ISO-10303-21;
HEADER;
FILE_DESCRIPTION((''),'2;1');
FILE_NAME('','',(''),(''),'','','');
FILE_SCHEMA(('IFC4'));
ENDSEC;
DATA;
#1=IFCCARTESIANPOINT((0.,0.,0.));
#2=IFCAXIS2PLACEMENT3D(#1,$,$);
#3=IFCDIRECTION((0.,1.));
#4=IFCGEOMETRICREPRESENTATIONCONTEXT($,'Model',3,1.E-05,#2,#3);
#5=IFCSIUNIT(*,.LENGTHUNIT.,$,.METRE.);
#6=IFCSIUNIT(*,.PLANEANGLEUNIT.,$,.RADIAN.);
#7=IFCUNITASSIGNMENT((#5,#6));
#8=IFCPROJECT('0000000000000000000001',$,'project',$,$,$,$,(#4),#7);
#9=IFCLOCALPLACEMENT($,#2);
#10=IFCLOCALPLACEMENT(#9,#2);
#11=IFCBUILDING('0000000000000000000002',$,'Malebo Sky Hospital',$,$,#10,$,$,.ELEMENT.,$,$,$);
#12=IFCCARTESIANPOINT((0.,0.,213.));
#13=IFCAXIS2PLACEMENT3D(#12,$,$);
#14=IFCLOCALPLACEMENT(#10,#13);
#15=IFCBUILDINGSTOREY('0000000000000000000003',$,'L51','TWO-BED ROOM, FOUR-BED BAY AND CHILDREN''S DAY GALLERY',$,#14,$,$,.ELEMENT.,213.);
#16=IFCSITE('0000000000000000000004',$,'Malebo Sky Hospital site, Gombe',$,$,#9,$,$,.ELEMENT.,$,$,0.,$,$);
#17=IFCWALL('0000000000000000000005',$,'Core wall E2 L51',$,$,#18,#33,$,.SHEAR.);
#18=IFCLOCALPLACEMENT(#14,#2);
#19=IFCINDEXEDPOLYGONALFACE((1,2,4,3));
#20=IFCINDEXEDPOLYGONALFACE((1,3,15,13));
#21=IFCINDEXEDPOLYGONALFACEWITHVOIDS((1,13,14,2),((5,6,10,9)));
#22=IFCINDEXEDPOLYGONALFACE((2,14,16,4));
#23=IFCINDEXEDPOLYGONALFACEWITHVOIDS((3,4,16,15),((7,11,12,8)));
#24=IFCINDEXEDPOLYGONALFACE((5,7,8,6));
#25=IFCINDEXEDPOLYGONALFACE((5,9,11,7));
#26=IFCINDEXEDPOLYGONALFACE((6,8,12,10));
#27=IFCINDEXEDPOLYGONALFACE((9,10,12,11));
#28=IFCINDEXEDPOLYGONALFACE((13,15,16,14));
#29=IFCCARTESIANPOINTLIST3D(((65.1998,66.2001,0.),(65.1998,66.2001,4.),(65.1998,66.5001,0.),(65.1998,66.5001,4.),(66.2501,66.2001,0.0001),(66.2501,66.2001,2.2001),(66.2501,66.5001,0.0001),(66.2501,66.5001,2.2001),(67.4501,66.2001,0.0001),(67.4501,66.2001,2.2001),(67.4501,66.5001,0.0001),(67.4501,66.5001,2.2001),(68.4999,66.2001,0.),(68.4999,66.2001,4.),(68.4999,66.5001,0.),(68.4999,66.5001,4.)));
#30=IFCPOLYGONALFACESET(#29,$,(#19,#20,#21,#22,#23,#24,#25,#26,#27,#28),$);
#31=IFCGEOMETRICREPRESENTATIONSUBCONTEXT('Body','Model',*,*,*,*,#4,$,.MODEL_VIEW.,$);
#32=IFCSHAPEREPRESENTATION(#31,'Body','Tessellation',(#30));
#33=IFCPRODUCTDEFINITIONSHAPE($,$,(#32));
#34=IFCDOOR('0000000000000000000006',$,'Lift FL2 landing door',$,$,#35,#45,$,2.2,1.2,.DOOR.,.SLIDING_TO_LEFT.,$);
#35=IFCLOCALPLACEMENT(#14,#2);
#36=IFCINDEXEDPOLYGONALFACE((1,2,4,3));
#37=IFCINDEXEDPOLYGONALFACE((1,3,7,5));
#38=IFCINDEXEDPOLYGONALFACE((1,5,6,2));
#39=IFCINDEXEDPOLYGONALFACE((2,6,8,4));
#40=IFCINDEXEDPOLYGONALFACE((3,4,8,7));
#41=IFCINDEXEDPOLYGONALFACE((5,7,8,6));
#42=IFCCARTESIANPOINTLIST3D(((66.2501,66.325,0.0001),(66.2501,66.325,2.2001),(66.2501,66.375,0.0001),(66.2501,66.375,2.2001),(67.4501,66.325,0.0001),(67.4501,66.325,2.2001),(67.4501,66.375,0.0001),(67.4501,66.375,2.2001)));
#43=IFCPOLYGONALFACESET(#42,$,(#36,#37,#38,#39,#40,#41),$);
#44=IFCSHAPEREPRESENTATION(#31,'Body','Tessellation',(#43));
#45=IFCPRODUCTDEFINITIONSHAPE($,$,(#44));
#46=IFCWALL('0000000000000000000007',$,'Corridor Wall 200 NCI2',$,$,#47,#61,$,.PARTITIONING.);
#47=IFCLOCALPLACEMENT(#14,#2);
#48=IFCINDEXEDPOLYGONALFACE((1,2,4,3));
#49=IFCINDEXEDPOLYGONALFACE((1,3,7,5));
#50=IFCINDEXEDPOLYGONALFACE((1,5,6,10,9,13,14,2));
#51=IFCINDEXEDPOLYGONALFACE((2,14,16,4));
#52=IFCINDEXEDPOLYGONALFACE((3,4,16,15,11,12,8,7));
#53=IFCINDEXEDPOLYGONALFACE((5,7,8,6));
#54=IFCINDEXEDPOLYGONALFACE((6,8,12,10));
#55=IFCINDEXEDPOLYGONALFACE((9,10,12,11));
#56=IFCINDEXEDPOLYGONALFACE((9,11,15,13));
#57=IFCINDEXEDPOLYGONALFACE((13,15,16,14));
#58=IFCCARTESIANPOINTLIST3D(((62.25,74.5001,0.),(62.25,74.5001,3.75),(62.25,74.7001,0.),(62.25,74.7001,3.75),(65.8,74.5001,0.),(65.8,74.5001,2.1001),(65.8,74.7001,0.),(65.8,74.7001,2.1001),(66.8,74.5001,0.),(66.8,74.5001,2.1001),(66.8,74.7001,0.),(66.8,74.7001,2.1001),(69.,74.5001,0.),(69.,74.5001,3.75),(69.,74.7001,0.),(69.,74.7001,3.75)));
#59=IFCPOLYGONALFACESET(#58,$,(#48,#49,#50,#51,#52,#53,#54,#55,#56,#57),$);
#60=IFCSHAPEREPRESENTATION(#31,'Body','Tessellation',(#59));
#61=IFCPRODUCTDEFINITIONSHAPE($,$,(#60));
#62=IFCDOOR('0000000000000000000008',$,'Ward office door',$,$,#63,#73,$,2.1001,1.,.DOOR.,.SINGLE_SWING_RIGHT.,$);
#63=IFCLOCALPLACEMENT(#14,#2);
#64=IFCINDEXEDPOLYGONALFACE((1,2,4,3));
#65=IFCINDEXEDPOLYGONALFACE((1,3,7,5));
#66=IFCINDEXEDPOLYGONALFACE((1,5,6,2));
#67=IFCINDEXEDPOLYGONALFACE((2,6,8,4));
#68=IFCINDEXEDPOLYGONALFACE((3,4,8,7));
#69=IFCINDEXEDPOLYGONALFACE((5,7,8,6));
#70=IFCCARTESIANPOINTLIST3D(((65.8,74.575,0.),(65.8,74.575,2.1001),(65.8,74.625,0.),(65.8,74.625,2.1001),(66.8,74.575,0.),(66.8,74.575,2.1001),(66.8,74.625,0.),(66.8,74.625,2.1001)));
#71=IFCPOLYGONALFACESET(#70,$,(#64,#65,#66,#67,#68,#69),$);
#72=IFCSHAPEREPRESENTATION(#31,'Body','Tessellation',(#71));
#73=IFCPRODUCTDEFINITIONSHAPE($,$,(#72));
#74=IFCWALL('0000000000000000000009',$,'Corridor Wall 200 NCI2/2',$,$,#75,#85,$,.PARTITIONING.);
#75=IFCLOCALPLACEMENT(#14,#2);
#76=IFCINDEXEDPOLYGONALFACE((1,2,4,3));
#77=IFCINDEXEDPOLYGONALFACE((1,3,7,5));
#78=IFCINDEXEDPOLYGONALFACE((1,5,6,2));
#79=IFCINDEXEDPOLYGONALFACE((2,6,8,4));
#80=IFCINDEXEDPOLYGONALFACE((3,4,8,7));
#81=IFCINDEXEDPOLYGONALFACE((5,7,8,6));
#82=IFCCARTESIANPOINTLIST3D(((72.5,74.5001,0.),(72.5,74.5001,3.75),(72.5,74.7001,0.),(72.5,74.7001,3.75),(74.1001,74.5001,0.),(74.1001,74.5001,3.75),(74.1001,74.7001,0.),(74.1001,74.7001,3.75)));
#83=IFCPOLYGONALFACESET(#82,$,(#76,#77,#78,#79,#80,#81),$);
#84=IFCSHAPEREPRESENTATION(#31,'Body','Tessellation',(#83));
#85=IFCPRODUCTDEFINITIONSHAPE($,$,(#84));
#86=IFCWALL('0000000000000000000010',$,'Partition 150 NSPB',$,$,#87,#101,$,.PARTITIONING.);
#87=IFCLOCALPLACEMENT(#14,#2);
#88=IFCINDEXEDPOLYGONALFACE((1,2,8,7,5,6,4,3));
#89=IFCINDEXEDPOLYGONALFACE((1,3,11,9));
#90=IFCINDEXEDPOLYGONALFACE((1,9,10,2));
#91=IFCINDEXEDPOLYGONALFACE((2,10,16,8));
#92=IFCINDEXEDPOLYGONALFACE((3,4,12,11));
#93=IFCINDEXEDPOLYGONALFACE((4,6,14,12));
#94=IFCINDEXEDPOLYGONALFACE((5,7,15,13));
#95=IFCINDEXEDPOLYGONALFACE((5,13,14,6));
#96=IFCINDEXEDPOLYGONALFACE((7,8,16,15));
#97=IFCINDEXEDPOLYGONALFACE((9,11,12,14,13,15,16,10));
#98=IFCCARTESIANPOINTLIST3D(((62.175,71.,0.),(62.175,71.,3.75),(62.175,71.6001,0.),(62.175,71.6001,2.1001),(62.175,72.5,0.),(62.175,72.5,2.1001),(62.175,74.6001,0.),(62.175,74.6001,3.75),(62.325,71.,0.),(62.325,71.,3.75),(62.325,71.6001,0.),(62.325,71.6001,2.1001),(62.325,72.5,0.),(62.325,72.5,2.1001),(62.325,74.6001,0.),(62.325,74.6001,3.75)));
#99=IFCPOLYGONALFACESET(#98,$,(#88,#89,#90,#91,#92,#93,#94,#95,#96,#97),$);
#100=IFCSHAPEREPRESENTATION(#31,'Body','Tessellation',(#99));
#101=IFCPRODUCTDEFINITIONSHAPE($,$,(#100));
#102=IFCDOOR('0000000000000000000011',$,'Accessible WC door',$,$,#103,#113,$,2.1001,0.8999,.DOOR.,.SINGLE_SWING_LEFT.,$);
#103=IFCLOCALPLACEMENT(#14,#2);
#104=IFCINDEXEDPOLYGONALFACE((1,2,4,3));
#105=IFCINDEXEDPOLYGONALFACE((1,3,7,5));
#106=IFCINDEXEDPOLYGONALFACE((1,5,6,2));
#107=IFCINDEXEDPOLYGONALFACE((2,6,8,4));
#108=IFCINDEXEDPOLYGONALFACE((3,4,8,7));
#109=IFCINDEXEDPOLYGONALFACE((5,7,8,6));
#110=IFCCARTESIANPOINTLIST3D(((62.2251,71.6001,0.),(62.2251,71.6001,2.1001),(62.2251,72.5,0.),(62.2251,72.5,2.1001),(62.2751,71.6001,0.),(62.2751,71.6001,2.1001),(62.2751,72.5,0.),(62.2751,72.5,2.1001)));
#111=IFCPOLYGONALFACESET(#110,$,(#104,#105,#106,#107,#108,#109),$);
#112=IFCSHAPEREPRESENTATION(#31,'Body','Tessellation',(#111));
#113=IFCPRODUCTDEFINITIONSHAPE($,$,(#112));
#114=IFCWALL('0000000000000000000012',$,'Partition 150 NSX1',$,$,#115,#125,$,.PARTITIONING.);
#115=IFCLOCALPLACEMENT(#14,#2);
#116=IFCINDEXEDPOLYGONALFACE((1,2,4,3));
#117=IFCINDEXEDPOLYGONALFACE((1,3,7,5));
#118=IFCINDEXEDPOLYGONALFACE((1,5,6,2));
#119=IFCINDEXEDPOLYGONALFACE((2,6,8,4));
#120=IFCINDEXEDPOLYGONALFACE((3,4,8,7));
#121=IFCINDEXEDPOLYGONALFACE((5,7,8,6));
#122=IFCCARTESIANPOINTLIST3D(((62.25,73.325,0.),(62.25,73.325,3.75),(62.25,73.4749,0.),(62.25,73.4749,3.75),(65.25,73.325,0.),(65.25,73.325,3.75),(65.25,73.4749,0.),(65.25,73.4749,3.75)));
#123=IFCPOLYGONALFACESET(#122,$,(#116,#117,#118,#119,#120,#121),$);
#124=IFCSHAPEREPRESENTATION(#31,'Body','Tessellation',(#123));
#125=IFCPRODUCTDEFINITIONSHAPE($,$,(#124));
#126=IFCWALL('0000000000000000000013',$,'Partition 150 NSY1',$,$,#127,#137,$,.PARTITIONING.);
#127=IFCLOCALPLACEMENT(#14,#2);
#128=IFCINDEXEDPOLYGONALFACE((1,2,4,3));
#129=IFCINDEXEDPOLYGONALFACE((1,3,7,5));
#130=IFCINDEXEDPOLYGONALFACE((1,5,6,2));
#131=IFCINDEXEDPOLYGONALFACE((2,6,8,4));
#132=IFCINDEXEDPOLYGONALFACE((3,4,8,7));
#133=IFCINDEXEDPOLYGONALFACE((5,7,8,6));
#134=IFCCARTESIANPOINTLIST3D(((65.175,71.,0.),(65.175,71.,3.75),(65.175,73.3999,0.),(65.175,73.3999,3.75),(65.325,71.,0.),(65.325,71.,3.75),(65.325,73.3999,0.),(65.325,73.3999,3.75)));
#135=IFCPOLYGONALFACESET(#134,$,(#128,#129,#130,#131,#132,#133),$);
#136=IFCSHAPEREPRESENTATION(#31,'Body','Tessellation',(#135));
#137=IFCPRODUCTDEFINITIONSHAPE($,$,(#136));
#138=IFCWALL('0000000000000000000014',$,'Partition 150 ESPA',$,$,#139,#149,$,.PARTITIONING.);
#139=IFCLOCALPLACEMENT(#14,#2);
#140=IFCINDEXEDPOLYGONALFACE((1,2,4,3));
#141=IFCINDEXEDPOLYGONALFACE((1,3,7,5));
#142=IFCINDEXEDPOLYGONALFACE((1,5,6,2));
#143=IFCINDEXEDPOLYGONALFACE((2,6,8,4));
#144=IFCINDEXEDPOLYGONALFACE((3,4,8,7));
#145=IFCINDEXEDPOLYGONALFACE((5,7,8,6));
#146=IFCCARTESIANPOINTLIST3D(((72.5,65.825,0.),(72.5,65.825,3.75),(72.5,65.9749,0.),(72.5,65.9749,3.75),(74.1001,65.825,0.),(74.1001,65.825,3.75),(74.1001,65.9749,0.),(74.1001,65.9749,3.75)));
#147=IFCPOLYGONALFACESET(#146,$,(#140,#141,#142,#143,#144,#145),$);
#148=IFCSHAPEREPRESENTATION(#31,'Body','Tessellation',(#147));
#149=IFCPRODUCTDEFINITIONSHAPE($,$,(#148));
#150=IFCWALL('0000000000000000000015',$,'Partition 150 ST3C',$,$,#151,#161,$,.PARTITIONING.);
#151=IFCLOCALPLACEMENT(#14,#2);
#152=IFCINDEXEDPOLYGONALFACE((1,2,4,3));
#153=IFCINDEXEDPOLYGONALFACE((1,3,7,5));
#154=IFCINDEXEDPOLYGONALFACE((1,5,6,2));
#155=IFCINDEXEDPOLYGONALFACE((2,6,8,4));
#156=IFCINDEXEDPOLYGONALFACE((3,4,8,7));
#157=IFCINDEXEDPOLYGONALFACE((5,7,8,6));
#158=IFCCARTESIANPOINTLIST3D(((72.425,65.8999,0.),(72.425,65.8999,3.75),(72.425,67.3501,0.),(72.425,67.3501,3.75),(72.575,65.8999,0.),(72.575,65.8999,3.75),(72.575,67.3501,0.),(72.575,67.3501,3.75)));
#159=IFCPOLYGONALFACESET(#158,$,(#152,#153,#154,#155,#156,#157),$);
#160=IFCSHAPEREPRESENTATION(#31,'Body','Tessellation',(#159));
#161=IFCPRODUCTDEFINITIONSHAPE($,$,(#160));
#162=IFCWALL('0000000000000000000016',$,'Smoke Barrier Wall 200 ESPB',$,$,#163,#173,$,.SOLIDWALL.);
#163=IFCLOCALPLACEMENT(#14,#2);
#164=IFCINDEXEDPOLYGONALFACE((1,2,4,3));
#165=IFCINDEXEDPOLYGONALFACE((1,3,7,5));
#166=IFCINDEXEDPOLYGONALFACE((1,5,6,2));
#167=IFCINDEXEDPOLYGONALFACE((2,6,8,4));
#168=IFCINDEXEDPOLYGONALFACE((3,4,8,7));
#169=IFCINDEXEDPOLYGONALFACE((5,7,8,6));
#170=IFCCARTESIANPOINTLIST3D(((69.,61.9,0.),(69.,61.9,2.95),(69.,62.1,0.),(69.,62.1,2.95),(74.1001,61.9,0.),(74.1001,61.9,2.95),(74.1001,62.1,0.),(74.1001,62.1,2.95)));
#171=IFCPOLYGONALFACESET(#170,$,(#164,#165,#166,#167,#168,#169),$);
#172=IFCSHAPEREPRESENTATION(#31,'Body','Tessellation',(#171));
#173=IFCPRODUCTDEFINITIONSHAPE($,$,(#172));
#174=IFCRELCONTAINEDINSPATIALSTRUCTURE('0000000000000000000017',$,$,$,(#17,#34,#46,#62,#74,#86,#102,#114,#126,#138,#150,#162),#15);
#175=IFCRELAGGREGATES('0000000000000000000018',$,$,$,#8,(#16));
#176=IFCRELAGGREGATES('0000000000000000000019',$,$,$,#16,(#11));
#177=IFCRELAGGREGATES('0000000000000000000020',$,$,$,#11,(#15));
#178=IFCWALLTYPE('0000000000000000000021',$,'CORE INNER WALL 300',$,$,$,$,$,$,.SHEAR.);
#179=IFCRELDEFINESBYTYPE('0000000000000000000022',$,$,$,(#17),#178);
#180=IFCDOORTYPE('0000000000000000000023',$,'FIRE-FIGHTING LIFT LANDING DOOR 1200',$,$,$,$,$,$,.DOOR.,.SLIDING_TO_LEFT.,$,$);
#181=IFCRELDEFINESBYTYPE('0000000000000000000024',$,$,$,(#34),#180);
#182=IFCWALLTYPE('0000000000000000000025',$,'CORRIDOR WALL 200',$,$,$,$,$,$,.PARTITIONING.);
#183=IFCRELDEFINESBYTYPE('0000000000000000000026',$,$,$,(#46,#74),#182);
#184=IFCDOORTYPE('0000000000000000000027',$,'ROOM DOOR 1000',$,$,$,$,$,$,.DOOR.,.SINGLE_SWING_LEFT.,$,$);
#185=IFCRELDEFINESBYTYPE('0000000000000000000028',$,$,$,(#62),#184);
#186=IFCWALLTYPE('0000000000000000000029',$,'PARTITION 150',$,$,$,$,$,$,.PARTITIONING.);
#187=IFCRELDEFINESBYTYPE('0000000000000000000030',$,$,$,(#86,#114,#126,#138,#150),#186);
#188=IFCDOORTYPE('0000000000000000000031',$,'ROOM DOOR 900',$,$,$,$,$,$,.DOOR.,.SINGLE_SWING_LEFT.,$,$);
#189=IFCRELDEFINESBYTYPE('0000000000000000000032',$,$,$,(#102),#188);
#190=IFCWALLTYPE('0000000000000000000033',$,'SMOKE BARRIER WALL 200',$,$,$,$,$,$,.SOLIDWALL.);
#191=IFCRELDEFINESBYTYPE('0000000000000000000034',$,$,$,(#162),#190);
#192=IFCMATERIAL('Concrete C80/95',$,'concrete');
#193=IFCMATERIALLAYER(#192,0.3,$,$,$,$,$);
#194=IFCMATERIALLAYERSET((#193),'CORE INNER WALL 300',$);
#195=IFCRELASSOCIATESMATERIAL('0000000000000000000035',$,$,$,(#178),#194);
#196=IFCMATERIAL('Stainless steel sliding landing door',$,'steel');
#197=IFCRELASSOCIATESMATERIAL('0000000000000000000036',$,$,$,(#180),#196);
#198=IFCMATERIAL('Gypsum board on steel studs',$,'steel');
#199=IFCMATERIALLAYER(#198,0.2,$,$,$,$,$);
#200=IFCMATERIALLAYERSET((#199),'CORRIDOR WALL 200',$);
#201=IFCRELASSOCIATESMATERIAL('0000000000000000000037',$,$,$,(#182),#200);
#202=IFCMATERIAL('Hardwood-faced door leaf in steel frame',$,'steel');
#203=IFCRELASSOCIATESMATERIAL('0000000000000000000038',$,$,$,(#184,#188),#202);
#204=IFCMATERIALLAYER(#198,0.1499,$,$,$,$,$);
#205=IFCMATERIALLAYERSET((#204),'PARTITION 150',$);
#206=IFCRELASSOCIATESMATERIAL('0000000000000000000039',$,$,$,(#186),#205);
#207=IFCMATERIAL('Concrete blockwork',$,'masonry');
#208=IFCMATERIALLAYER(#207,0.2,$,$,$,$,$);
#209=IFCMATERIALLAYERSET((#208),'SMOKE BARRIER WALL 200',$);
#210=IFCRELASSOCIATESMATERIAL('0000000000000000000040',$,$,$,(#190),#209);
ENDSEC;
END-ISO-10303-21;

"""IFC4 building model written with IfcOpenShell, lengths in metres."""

from ifc_helpers import new_model, si_unit, direction, frame, frame_2d, origin, place, context, subcontext, project, spatial, rectangle, extrude, material, layer, layer_set, type_object, element, fill, save


model = new_model("IFC4")

# Units and contexts
model_context = context("Model", 3, precision=1e-05, world=origin(), true_north=direction((0.0, 1.0)))
body_context = subcontext(model_context, "Body", "Model", "MODEL_VIEW")
ifc_project = project(units=[si_unit("LENGTHUNIT", "METRE"), si_unit("PLANEANGLEUNIT", "RADIAN")], contexts=[model_context])

# Site, building, storey
site_placement = place(None, origin())
site = spatial("IfcSite", under=ifc_project, at=site_placement, Name="Malebo Sky Hospital site, Gombe", CompositionType="ELEMENT", RefElevation=0.0)
building_placement = place(site_placement, origin())
building = spatial("IfcBuilding", under=site, at=building_placement, Name="Malebo Sky Hospital", CompositionType="ELEMENT")
storey_placement = place(building_placement, frame((0.0, 0.0, 213.0)))
storey = spatial("IfcBuildingStorey", under=building, at=storey_placement, Name="L51", Description="TWO-BED ROOM, FOUR-BED BAY AND CHILDREN'S DAY GALLERY", CompositionType="ELEMENT", Elevation=213.0)

# Shared definitions
ifc_material_1 = material(Name="Concrete C80/95", Category="concrete")

# Walls, openings, doors
ifc_layer_1 = layer(ifc_material_1, 0.3)
ifc_layer_set_1 = layer_set([ifc_layer_1], Name="CORE INNER WALL 300")
wall_type_1 = type_object("IfcWallType", Name="CORE INNER WALL 300", PredefinedType="SHEAR", material=ifc_layer_set_1)
wall_1_placement = place(storey_placement, frame((65.2, 66.3501, 0.0), z_axis=(0.0, 0.0, 1.0), x_axis=(1.0, 0.0, 0.0)))
wall_1 = element("IfcWall", 1, at=wall_1_placement, inside=storey, type_object=wall_type_1, Name="Core wall E2 L51", PredefinedType="SHEAR", context=body_context, shape_type="SweptSolid", body=[
    extrude(rectangle(XDim=3.3, YDim=0.3, at=frame_2d((1.6499, 0.0))), origin(), (0.0, 0.0, 1.0), 4.0),
])
opening_1_placement = place(wall_1_placement, frame((1.05, 0.0, 0.0)))
opening_1 = element("IfcOpeningElement", 2, at=opening_1_placement, cuts=wall_1, PredefinedType="OPENING", context=body_context, shape_type="SweptSolid", body=[
    extrude(rectangle(XDim=1.2, YDim=2.2, at=frame_2d((0.6001, 1.1001))), frame((0.0, 0.1599, 0.0), z_axis=(0.0, -1.0, 0.0), x_axis=(1.0, 0.0, 0.0)), (0.0, 0.0, 1.0), 0.3201),
])
ifc_material_2 = material(Name="Stainless steel sliding landing door", Category="steel")
door_type_1 = type_object("IfcDoorType", Name="FIRE-FIGHTING LIFT LANDING DOOR 1200", OperationType="SLIDING_TO_LEFT", PredefinedType="DOOR", material=ifc_material_2)
door_1_placement = place(opening_1_placement, origin())
door_1 = element("IfcDoor", 3, at=door_1_placement, inside=storey, type_object=door_type_1, Name="Lift FL2 landing door", OperationType="SLIDING_TO_LEFT", OverallHeight=2.2, OverallWidth=1.2, PredefinedType="DOOR", context=body_context, shape_type="SweptSolid", body=[
    extrude(rectangle(XDim=1.2, YDim=2.2, at=frame_2d((0.6001, 1.1001))), frame((0.0, 0.0249, 0.0), z_axis=(0.0, -1.0, 0.0), x_axis=(1.0, 0.0, 0.0)), (0.0, 0.0, 1.0), 0.05),
])
fill(opening_1, door_1)
ifc_material_3 = material(Name="Gypsum board on steel studs", Category="steel")
ifc_layer_2 = layer(ifc_material_3, 0.2)
ifc_layer_set_2 = layer_set([ifc_layer_2], Name="CORRIDOR WALL 200")
wall_type_2 = type_object("IfcWallType", Name="CORRIDOR WALL 200", PredefinedType="PARTITIONING", material=ifc_layer_set_2)
wall_2_placement = place(storey_placement, frame((62.25, 74.6001, 0.0), z_axis=(0.0, 0.0, 1.0), x_axis=(1.0, 0.0, 0.0)))
wall_2 = element("IfcWall", 4, at=wall_2_placement, inside=storey, type_object=wall_type_2, Name="Corridor Wall 200 NCI2", PredefinedType="PARTITIONING", context=body_context, shape_type="SweptSolid", body=[
    extrude(rectangle(XDim=6.75, YDim=0.2, at=frame_2d((3.375, 0.0))), origin(), (0.0, 0.0, 1.0), 3.75),
])
opening_2_placement = place(wall_2_placement, frame((3.55, 0.0, 0.0)))
opening_2 = element("IfcOpeningElement", 5, at=opening_2_placement, cuts=wall_2, PredefinedType="OPENING", context=body_context, shape_type="SweptSolid", body=[
    extrude(rectangle(XDim=1.0, YDim=2.1001, at=frame_2d((0.5, 1.05))), frame((0.0, 0.1099, 0.0), z_axis=(0.0, -1.0, 0.0), x_axis=(1.0, 0.0, 0.0)), (0.0, 0.0, 1.0), 0.22),
])
ifc_material_4 = material(Name="Hardwood-faced door leaf in steel frame", Category="steel")
door_type_2 = type_object("IfcDoorType", Name="ROOM DOOR 1000", OperationType="SINGLE_SWING_LEFT", PredefinedType="DOOR", material=ifc_material_4)
door_2_placement = place(opening_2_placement, origin())
door_2 = element("IfcDoor", 6, at=door_2_placement, inside=storey, type_object=door_type_2, Name="Ward office door", OperationType="SINGLE_SWING_RIGHT", OverallHeight=2.1001, OverallWidth=1.0, PredefinedType="DOOR", context=body_context, shape_type="SweptSolid", body=[
    extrude(rectangle(XDim=1.0, YDim=2.1001, at=frame_2d((0.5, 1.05))), frame((0.0, 0.0249, 0.0), z_axis=(0.0, -1.0, 0.0), x_axis=(1.0, 0.0, 0.0)), (0.0, 0.0, 1.0), 0.05),
])
fill(opening_2, door_2)

# Wall
wall_3_placement = place(storey_placement, frame((72.5, 74.6001, 0.0), z_axis=(0.0, 0.0, 1.0), x_axis=(1.0, 0.0, 0.0)))
element("IfcWall", 7, at=wall_3_placement, inside=storey, type_object=wall_type_2, Name="Corridor Wall 200 NCI2/2", PredefinedType="PARTITIONING", context=body_context, shape_type="SweptSolid", body=[
    extrude(rectangle(XDim=1.6001, YDim=0.2, at=frame_2d((0.8, 0.0))), origin(), (0.0, 0.0, 1.0), 3.75),
])

# Wall, opening, door
ifc_layer_3 = layer(ifc_material_3, 0.1499)
ifc_layer_set_3 = layer_set([ifc_layer_3], Name="PARTITION 150")
wall_type_3 = type_object("IfcWallType", Name="PARTITION 150", PredefinedType="PARTITIONING", material=ifc_layer_set_3)
wall_4_placement = place(storey_placement, frame((62.25, 71.0, 0.0), z_axis=(0.0, 0.0, 1.0), x_axis=(0.0, 1.0, 0.0)))
wall_4 = element("IfcWall", 8, at=wall_4_placement, inside=storey, type_object=wall_type_3, Name="Partition 150 NSPB", PredefinedType="PARTITIONING", context=body_context, shape_type="SweptSolid", body=[
    extrude(rectangle(XDim=3.6001, YDim=0.1499, at=frame_2d((1.8, 0.0))), origin(), (0.0, 0.0, 1.0), 3.75),
])
opening_3_placement = place(wall_4_placement, frame((0.6001, 0.0, 0.0)))
opening_3 = element("IfcOpeningElement", 9, at=opening_3_placement, cuts=wall_4, PredefinedType="OPENING", context=body_context, shape_type="SweptSolid", body=[
    extrude(rectangle(XDim=0.8999, YDim=2.1001, at=frame_2d((0.45, 1.05))), frame((0.0, 0.085, 0.0), z_axis=(0.0, -1.0, 0.0), x_axis=(1.0, 0.0, 0.0)), (0.0, 0.0, 1.0), 0.1699),
])
door_type_3 = type_object("IfcDoorType", Name="ROOM DOOR 900", OperationType="SINGLE_SWING_LEFT", PredefinedType="DOOR", material=ifc_material_4)
door_3_placement = place(opening_3_placement, origin())
door_3 = element("IfcDoor", 10, at=door_3_placement, inside=storey, type_object=door_type_3, Name="Accessible WC door", OperationType="SINGLE_SWING_LEFT", OverallHeight=2.1001, OverallWidth=0.8999, PredefinedType="DOOR", context=body_context, shape_type="SweptSolid", body=[
    extrude(rectangle(XDim=0.8999, YDim=2.1001, at=frame_2d((0.45, 1.05))), frame((0.0, 0.0249, 0.0), z_axis=(0.0, -1.0, 0.0), x_axis=(1.0, 0.0, 0.0)), (0.0, 0.0, 1.0), 0.05),
])
fill(opening_3, door_3)

# Walls
wall_5_placement = place(storey_placement, frame((62.25, 73.3999, 0.0), z_axis=(0.0, 0.0, 1.0), x_axis=(1.0, 0.0, 0.0)))
element("IfcWall", 11, at=wall_5_placement, inside=storey, type_object=wall_type_3, Name="Partition 150 NSX1", PredefinedType="PARTITIONING", context=body_context, shape_type="SweptSolid", body=[
    extrude(rectangle(XDim=3.0, YDim=0.1499, at=frame_2d((1.5, 0.0))), origin(), (0.0, 0.0, 1.0), 3.75),
])
wall_6_placement = place(storey_placement, frame((65.25, 71.0, 0.0), z_axis=(0.0, 0.0, 1.0), x_axis=(0.0, 1.0, 0.0)))
element("IfcWall", 12, at=wall_6_placement, inside=storey, type_object=wall_type_3, Name="Partition 150 NSY1", PredefinedType="PARTITIONING", context=body_context, shape_type="SweptSolid", body=[
    extrude(rectangle(XDim=2.3999, YDim=0.1499, at=frame_2d((1.2, 0.0))), origin(), (0.0, 0.0, 1.0), 3.75),
])
wall_7_placement = place(storey_placement, frame((72.5, 65.8999, 0.0), z_axis=(0.0, 0.0, 1.0), x_axis=(1.0, 0.0, 0.0)))
element("IfcWall", 13, at=wall_7_placement, inside=storey, type_object=wall_type_3, Name="Partition 150 ESPA", PredefinedType="PARTITIONING", context=body_context, shape_type="SweptSolid", body=[
    extrude(rectangle(XDim=1.6001, YDim=0.1499, at=frame_2d((0.8, 0.0))), origin(), (0.0, 0.0, 1.0), 3.75),
])
wall_8_placement = place(storey_placement, frame((72.5, 65.8999, 0.0), z_axis=(0.0, 0.0, 1.0), x_axis=(0.0, 1.0, 0.0)))
element("IfcWall", 14, at=wall_8_placement, inside=storey, type_object=wall_type_3, Name="Partition 150 ST3C", PredefinedType="PARTITIONING", context=body_context, shape_type="SweptSolid", body=[
    extrude(rectangle(XDim=1.4502, YDim=0.1499, at=frame_2d((0.7251, 0.0))), origin(), (0.0, 0.0, 1.0), 3.75),
])
ifc_material_5 = material(Name="Concrete blockwork", Category="masonry")
ifc_layer_4 = layer(ifc_material_5, 0.2)
ifc_layer_set_4 = layer_set([ifc_layer_4], Name="SMOKE BARRIER WALL 200")
wall_type_4 = type_object("IfcWallType", Name="SMOKE BARRIER WALL 200", PredefinedType="SOLIDWALL", material=ifc_layer_set_4)
wall_9_placement = place(storey_placement, frame((69.0, 62.0, 0.0), z_axis=(0.0, 0.0, 1.0), x_axis=(1.0, 0.0, 0.0)))
element("IfcWall", 15, at=wall_9_placement, inside=storey, type_object=wall_type_4, Name="Smoke Barrier Wall 200 ESPB", PredefinedType="SOLIDWALL", context=body_context, shape_type="SweptSolid", body=[
    extrude(rectangle(XDim=5.1001, YDim=0.2, at=frame_2d((2.55, 0.0))), origin(), (0.0, 0.0, 1.0), 2.95),
])

save(model, "model.ifc")
